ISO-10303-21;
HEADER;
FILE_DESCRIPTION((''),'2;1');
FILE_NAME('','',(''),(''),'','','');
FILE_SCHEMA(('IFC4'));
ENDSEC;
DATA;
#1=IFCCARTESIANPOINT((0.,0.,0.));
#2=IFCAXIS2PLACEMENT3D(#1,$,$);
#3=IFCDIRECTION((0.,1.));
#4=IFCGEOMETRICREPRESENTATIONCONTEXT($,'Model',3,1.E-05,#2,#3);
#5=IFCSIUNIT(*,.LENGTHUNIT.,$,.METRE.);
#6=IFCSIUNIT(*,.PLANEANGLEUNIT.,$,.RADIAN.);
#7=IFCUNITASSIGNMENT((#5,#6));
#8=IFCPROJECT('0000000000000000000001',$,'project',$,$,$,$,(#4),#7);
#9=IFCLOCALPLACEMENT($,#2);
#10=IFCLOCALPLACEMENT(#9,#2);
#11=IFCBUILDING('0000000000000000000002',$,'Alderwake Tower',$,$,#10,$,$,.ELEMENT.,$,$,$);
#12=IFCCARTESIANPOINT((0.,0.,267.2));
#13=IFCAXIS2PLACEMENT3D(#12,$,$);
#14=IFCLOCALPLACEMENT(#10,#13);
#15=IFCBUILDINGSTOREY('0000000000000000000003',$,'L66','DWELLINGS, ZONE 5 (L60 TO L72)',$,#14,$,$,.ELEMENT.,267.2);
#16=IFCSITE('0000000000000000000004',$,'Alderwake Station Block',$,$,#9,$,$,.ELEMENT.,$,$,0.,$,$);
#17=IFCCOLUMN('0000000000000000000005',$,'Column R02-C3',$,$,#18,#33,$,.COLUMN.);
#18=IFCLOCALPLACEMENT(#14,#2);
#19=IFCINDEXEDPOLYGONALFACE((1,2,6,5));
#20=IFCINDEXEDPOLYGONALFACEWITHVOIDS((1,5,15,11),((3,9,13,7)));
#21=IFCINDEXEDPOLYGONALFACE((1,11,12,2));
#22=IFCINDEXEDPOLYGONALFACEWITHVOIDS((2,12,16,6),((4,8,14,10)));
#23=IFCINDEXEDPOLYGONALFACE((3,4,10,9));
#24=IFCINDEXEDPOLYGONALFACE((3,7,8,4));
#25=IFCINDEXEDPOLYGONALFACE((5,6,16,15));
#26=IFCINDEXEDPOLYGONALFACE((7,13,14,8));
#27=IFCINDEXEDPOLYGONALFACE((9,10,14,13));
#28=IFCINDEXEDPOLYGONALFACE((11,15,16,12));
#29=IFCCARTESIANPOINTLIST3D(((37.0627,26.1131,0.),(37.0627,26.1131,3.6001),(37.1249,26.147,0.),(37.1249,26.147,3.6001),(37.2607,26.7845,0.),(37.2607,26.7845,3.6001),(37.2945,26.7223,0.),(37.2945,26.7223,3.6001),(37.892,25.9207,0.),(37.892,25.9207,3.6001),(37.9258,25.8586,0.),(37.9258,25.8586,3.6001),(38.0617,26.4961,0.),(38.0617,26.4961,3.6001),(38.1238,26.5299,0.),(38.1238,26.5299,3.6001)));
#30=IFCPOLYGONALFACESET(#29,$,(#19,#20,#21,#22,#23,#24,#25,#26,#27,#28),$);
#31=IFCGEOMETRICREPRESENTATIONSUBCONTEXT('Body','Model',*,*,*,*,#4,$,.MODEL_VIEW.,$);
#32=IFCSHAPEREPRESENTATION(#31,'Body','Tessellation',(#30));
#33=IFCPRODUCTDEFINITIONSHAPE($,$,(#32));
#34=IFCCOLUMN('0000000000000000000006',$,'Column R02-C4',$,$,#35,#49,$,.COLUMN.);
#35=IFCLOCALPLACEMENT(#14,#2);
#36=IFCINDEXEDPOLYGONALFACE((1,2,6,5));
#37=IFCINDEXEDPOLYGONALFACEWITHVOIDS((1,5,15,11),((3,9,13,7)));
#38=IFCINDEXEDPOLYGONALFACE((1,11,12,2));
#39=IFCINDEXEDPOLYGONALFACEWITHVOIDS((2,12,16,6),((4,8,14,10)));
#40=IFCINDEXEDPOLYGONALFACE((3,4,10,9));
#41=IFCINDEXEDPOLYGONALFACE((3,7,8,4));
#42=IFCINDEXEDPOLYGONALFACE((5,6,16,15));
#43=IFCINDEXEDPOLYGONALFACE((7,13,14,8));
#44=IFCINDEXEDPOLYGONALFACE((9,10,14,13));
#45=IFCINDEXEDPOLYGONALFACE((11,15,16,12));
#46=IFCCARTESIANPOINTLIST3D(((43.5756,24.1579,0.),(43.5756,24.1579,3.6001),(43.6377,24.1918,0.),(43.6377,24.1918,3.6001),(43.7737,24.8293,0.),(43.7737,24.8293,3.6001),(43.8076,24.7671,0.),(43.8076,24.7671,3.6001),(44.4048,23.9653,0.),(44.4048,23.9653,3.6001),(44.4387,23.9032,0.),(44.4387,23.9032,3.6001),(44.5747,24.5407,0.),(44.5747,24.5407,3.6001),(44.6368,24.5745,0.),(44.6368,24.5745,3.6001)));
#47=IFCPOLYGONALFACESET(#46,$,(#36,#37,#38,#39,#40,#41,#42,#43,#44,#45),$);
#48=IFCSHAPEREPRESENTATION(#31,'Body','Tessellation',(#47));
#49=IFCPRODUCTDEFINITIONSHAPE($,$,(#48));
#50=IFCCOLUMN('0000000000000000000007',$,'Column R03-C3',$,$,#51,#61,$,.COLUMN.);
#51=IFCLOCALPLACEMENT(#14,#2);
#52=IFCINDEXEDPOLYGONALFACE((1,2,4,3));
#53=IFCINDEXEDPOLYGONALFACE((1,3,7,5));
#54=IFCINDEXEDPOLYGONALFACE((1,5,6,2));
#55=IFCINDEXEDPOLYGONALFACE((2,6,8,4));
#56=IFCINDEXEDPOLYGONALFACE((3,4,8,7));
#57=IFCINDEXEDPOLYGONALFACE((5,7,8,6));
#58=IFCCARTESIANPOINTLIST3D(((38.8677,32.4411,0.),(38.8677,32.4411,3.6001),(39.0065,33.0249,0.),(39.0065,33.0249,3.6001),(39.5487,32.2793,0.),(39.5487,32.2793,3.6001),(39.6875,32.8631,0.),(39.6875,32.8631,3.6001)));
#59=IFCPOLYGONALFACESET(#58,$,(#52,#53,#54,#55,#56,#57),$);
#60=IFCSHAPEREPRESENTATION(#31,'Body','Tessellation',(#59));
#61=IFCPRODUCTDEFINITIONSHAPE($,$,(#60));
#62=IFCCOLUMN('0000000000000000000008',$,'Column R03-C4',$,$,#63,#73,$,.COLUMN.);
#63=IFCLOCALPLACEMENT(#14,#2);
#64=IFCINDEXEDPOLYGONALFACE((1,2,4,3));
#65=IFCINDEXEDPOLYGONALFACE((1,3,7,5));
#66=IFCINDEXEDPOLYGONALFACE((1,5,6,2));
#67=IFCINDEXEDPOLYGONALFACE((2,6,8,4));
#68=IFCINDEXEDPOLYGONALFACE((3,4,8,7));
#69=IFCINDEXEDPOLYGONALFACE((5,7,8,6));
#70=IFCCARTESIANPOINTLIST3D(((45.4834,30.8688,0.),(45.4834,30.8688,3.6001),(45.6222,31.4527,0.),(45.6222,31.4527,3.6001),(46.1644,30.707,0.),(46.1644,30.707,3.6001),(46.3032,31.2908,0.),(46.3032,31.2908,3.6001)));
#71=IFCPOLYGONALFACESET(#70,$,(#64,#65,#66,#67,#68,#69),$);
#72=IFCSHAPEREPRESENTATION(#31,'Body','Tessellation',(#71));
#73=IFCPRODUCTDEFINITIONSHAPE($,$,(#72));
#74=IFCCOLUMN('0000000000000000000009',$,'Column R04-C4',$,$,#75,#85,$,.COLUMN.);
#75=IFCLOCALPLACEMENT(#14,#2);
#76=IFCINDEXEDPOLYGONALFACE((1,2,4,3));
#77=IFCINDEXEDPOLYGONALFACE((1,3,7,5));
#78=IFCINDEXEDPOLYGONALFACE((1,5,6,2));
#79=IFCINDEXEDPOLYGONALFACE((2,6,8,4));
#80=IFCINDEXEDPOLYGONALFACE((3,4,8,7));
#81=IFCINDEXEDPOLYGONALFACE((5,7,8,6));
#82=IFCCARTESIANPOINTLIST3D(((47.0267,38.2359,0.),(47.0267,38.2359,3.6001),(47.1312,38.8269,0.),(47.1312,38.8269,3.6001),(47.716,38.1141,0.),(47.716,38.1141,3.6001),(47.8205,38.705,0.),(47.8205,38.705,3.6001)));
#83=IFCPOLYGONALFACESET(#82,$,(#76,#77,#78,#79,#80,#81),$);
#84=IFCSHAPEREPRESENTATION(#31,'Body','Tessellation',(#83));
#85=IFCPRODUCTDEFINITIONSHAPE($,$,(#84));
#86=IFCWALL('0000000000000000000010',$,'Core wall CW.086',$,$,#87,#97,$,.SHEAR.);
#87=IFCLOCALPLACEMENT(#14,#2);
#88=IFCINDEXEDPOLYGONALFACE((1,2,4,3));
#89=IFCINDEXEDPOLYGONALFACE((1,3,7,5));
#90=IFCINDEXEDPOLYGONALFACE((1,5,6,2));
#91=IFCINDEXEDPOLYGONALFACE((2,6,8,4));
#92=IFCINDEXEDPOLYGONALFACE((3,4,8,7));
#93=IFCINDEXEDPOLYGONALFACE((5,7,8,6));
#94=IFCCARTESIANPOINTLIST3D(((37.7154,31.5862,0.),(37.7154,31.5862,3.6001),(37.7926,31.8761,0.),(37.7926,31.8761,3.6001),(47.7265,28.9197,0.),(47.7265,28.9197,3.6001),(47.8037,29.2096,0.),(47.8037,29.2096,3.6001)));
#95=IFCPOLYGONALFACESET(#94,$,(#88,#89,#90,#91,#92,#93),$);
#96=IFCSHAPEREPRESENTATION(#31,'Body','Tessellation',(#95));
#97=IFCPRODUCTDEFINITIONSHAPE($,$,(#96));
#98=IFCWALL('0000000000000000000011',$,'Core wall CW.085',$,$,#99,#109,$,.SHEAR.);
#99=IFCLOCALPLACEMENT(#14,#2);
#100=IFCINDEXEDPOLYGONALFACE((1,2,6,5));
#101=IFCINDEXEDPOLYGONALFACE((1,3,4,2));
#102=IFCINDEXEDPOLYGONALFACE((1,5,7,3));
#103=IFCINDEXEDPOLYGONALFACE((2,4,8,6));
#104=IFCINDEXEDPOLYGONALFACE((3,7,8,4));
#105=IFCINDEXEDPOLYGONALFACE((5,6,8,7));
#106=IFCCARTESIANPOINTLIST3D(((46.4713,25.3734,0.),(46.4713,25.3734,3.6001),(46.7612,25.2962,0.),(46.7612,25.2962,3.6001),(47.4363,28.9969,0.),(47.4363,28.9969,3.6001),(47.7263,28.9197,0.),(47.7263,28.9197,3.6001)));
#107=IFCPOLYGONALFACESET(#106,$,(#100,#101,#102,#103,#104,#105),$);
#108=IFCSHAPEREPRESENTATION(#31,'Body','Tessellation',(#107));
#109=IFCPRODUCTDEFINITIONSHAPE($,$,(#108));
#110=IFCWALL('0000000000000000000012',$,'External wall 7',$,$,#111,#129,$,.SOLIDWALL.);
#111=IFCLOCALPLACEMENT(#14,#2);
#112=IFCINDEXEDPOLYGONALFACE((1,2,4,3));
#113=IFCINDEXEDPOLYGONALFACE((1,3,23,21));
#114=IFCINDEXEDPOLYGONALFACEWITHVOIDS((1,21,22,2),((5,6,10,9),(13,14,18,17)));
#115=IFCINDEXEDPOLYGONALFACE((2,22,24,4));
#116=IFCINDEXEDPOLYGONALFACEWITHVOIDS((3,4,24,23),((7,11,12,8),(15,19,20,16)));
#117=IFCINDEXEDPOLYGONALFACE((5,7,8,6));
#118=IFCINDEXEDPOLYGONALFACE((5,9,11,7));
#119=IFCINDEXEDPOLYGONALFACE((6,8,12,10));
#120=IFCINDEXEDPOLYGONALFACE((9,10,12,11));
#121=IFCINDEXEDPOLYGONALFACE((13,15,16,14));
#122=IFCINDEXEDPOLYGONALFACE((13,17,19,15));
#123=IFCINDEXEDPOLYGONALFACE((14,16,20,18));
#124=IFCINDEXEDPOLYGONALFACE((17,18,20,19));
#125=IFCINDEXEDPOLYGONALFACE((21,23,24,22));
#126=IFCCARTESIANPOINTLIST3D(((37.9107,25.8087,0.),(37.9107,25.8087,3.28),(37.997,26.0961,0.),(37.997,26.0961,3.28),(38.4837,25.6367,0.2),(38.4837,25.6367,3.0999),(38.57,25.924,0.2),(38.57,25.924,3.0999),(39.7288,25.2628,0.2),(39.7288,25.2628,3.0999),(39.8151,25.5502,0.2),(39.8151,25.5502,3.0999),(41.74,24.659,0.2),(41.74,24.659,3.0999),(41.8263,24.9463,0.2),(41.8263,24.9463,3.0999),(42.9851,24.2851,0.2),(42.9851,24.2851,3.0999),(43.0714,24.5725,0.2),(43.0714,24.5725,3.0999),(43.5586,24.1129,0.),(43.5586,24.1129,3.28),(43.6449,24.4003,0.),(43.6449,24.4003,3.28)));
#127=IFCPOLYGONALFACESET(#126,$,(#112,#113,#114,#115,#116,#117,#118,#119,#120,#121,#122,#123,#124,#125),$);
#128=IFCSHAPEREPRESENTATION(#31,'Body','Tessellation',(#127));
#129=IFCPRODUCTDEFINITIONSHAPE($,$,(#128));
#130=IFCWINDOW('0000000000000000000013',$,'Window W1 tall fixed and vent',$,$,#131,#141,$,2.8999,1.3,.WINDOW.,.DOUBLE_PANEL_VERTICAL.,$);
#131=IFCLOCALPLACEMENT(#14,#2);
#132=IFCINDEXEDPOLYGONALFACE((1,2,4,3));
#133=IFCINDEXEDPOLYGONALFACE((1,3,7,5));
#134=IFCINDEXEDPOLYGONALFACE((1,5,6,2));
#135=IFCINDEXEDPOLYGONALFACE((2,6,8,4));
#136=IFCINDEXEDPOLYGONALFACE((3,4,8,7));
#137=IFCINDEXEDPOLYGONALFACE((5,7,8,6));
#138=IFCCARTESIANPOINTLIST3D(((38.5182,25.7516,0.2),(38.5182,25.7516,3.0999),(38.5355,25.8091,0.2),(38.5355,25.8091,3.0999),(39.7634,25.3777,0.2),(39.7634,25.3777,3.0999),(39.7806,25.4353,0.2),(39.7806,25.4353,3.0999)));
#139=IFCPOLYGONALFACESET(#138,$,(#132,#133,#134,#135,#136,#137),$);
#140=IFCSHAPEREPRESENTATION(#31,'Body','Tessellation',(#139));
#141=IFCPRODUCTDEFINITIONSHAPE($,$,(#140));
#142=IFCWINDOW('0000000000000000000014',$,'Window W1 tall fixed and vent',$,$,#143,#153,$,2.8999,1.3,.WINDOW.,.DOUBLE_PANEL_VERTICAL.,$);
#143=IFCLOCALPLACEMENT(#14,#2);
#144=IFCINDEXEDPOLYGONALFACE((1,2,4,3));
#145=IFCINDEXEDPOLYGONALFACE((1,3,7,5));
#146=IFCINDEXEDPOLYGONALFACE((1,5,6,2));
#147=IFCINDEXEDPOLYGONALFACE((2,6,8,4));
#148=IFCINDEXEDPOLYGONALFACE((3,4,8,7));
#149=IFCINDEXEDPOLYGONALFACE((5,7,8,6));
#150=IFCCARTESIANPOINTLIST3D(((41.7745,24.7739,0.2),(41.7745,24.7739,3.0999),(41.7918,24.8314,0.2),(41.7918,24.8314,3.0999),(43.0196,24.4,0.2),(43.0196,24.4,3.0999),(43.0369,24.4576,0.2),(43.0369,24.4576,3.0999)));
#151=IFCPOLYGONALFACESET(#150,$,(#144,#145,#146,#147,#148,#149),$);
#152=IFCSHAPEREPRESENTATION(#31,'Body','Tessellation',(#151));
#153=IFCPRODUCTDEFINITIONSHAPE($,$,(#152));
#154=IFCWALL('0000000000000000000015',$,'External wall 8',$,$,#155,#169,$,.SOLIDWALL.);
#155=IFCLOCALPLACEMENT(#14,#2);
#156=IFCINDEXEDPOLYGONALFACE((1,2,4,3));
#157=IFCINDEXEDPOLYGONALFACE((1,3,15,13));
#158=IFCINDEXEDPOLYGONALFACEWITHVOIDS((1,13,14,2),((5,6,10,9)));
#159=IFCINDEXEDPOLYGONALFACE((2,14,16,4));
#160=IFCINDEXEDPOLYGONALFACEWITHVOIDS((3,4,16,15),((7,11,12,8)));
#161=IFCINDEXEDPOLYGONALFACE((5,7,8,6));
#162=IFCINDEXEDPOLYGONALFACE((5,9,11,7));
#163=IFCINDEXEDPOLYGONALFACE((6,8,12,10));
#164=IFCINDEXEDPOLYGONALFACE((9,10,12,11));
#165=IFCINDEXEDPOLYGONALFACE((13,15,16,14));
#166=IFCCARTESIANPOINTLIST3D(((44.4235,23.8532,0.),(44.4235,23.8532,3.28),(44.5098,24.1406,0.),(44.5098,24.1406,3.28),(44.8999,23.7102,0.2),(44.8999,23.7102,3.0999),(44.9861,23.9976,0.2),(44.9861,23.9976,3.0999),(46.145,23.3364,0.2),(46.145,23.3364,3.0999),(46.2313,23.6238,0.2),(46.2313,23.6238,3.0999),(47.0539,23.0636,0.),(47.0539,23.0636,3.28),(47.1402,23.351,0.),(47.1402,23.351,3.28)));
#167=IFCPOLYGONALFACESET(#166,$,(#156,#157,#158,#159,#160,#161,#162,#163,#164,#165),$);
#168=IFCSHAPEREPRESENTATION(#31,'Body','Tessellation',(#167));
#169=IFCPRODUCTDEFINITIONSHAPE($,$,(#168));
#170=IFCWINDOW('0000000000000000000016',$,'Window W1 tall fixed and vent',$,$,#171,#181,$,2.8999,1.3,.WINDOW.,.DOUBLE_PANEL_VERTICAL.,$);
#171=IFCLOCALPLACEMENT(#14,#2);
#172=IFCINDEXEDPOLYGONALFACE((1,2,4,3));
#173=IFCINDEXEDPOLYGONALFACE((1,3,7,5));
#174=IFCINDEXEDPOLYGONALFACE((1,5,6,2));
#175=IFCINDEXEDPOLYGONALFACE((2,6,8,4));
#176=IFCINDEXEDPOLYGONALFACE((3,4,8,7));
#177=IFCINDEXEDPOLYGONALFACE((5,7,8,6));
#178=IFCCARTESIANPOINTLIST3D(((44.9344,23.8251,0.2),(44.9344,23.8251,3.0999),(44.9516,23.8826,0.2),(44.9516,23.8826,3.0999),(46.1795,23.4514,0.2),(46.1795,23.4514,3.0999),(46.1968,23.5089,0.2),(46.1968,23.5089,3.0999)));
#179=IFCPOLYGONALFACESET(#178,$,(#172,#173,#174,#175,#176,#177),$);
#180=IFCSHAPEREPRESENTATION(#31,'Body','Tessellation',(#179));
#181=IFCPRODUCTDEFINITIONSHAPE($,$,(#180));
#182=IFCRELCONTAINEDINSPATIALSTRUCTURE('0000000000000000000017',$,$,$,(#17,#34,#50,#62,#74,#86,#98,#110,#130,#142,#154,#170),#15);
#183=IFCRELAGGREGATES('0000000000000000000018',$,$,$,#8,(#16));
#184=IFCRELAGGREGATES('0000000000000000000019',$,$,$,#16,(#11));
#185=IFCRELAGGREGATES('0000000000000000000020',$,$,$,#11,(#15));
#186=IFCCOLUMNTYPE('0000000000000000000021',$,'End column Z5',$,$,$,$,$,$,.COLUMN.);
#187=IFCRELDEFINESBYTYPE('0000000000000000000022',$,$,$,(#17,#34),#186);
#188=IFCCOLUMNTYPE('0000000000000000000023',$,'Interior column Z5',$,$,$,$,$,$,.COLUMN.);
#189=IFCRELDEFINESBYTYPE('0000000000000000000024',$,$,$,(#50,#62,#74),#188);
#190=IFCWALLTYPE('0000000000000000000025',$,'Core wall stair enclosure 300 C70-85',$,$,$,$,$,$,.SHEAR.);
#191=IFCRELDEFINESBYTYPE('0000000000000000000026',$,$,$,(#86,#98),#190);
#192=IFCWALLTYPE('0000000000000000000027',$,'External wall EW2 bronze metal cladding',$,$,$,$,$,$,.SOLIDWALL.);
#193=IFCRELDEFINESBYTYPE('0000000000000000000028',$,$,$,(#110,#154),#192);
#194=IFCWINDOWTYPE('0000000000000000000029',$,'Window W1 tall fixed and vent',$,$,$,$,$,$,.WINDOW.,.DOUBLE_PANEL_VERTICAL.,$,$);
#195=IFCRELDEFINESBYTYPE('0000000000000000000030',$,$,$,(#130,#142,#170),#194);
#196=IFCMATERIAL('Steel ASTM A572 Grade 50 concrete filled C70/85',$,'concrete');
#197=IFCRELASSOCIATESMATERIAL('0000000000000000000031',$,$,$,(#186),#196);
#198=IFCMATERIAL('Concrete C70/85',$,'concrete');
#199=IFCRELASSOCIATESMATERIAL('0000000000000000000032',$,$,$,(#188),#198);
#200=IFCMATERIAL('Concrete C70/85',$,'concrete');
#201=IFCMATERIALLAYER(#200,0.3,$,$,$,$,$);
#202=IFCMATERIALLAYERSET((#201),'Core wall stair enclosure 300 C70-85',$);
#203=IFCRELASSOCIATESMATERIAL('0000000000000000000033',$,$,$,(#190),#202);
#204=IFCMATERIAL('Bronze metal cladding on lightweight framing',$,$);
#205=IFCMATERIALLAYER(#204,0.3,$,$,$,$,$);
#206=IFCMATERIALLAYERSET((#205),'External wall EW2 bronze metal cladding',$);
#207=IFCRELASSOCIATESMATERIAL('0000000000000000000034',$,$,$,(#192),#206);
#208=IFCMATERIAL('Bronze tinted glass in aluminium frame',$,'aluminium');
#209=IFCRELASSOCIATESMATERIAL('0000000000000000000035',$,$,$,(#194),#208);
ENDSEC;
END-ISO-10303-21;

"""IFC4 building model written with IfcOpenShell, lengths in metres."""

from ifc_helpers import new_model, si_unit, direction, frame, frame_2d, origin, origin_2d, place, context, subcontext, project, spatial, rectangle, hollow_rectangle, extrude, material, layer, layer_set, material_profile, profile_set, type_object, element, fill, save


model = new_model("IFC4")

# Units and contexts
model_context = context("Model", 3, precision=1e-05, world=origin(), true_north=direction((0.0, 1.0)))
body_context = subcontext(model_context, "Body", "Model", "MODEL_VIEW")
ifc_project = project(units=[si_unit("LENGTHUNIT", "METRE"), si_unit("PLANEANGLEUNIT", "RADIAN")], contexts=[model_context])

# Site, building, storey
site_placement = place(None, origin())
site = spatial("IfcSite", under=ifc_project, at=site_placement, Name="Alderwake Station Block", CompositionType="ELEMENT", RefElevation=0.0)
building_placement = place(site_placement, origin())
building = spatial("IfcBuilding", under=site, at=building_placement, Name="Alderwake Tower", CompositionType="ELEMENT")
storey_placement = place(building_placement, frame((0.0, 0.0, 267.2)))
storey = spatial("IfcBuildingStorey", under=building, at=storey_placement, Name="L66", Description="DWELLINGS, ZONE 5 (L60 TO L72)", CompositionType="ELEMENT", Elevation=267.2)

# Columns
ifc_material_1 = material(Name="Steel ASTM A572 Grade 50 concrete filled C70/85", Category="concrete")
ifc_material_profile_1 = material_profile(ifc_material_1, hollow_rectangle(XDim=0.7, YDim=0.8999, WallThickness=0.05, at=origin_2d()), Name="BOX 900X700X50")
ifc_profile_set_1 = profile_set([ifc_material_profile_1], Name="Steel ASTM A572 Grade 50 concrete filled C70/85")
column_type_1 = type_object("IfcColumnType", Name="End column Z5", PredefinedType="COLUMN", material=ifc_profile_set_1)
for number, where, z_axis, x_axis, name in (
    (1, (37.5933, 26.3215, 0.0), (0.0, 0.0, 1.0), (0.282859, 0.959162, 0.0), "Column R02-C3"),
    (2, (44.1062, 24.3662, 0.0), (0.0, 0.0, 1.0), (0.283105, 0.959089, 0.0), "Column R02-C4"),
):
    element("IfcColumn", number, at=place(storey_placement, frame(where, z_axis=z_axis, x_axis=x_axis)), inside=storey, type_object=column_type_1, Name=name, PredefinedType="COLUMN", context=body_context, shape_type="SweptSolid", body=[
        extrude(hollow_rectangle(XDim=0.7, YDim=0.8999, WallThickness=0.05, at=origin_2d()), origin(), (0.0, 0.0, 1.0), 3.6001),
    ])
ifc_material_2 = material(Name="Concrete C70/85", Category="concrete")
ifc_material_profile_2 = material_profile(ifc_material_2, rectangle(XDim=0.6001, YDim=0.7, at=origin_2d()), Name="RC 700X600")
ifc_profile_set_2 = profile_set([ifc_material_profile_2], Name="Concrete C70/85")
column_type_2 = type_object("IfcColumnType", Name="Interior column Z5", PredefinedType="COLUMN", material=ifc_profile_set_2)
for number, where, z_axis, x_axis, name in (
    (3, (39.2776, 32.6521, 0.0), (0.0, 0.0, 1.0), (0.231222, 0.972901, 0.0), "Column R03-C3"),
    (4, (45.8933, 31.0798, 0.0), (0.0, 0.0, 1.0), (0.231222, 0.972901, 0.0), "Column R03-C4"),
    (5, (47.4236, 38.4705, 0.0), (0.0, 0.0, 1.0), (0.174109, 0.984726, 0.0), "Column R04-C4"),
):
    element("IfcColumn", number, at=place(storey_placement, frame(where, z_axis=z_axis, x_axis=x_axis)), inside=storey, type_object=column_type_2, Name=name, PredefinedType="COLUMN", context=body_context, shape_type="SweptSolid", body=[
        extrude(rectangle(XDim=0.6001, YDim=0.7, at=origin_2d()), origin(), (0.0, 0.0, 1.0), 3.6001),
    ])

# Walls
ifc_material_3 = material(Name="Concrete C70/85", Category="concrete")
ifc_layer_1 = layer(ifc_material_3, 0.3)
ifc_layer_set_1 = layer_set([ifc_layer_1], Name="Core wall stair enclosure 300 C70-85")
wall_type_1 = type_object("IfcWallType", Name="Core wall stair enclosure 300 C70-85", PredefinedType="SHEAR", material=ifc_layer_set_1)
wall_1_placement = place(storey_placement, frame((37.7539, 31.7312, 0.0), z_axis=(0.0, 0.0, 1.0), x_axis=(0.966309, -0.257384, 0.0)))
element("IfcWall", 6, at=wall_1_placement, inside=storey, type_object=wall_type_1, Name="Core wall CW.086", PredefinedType="SHEAR", context=body_context, shape_type="SweptSolid", body=[
    extrude(rectangle(XDim=10.3601, YDim=0.3, at=frame_2d((5.1802, 0.0))), origin(), (0.0, 0.0, 1.0), 3.6001),
])
wall_2_placement = place(storey_placement, frame((46.6162, 25.3347, 0.0), z_axis=(0.0, 0.0, 1.0), x_axis=(0.257367, 0.966314, 0.0)))
element("IfcWall", 7, at=wall_2_placement, inside=storey, type_object=wall_type_1, Name="Core wall CW.085", PredefinedType="SHEAR", context=body_context, shape_type="SweptSolid", body=[
    extrude(rectangle(XDim=3.7498, YDim=0.3, at=frame_2d((1.875, 0.0))), origin(), (0.0, 0.0, 1.0), 3.6001),
])

# Wall, openings, windows
ifc_material_4 = material(Name="Bronze metal cladding on lightweight framing")
ifc_layer_2 = layer(ifc_material_4, 0.3)
ifc_layer_set_2 = layer_set([ifc_layer_2], Name="External wall EW2 bronze metal cladding")
wall_type_2 = type_object("IfcWallType", Name="External wall EW2 bronze metal cladding", PredefinedType="SOLIDWALL", material=ifc_layer_set_2)
wall_3_placement = place(storey_placement, frame((37.9539, 25.9524, 0.0), z_axis=(0.0, 0.0, 1.0), x_axis=(0.95776, -0.287568, 0.0)))
wall_3 = element("IfcWall", 8, at=wall_3_placement, inside=storey, type_object=wall_type_2, Name="External wall 7", PredefinedType="SOLIDWALL", context=body_context, shape_type="SweptSolid", body=[
    extrude(rectangle(XDim=5.897, YDim=0.3, at=frame_2d((2.9485, 0.0))), origin(), (0.0, 0.0, 1.0), 3.28),
])
opening_1_placement = place(wall_3_placement, frame((0.5984, 0.0, 0.2)))
opening_1 = element("IfcOpeningElement", 9, at=opening_1_placement, cuts=wall_3, PredefinedType="OPENING", context=body_context, shape_type="SweptSolid", body=[
    extrude(rectangle(XDim=1.3, YDim=2.8999, at=frame_2d((0.6499, 1.45))), frame((0.0, 0.1599, 0.0), z_axis=(0.0, -1.0, 0.0), x_axis=(1.0, 0.0, 0.0)), (0.0, 0.0, 1.0), 0.3201),
])
opening_2_placement = place(wall_3_placement, frame((3.9983, 0.0, 0.2)))
opening_2 = element("IfcOpeningElement", 10, at=opening_2_placement, cuts=wall_3, PredefinedType="OPENING", context=body_context, shape_type="SweptSolid", body=[
    extrude(rectangle(XDim=1.3, YDim=2.8999, at=frame_2d((0.6499, 1.45))), frame((0.0, 0.1599, 0.0), z_axis=(0.0, -1.0, 0.0), x_axis=(1.0, 0.0, 0.0)), (0.0, 0.0, 1.0), 0.3201),
])
ifc_material_5 = material(Name="Bronze tinted glass in aluminium frame", Category="aluminium")
window_type = type_object("IfcWindowType", Name="Window W1 tall fixed and vent", PartitioningType="DOUBLE_PANEL_VERTICAL", PredefinedType="WINDOW", material=ifc_material_5)
window_1_placement = place(opening_1_placement, origin())
window_1 = element("IfcWindow", 11, at=window_1_placement, inside=storey, type_object=window_type, Name="Window W1 tall fixed and vent", OverallHeight=2.8999, OverallWidth=1.3, PartitioningType="DOUBLE_PANEL_VERTICAL", PredefinedType="WINDOW", context=body_context, shape_type="SweptSolid", body=[
    extrude(rectangle(XDim=1.3, YDim=2.8999, at=frame_2d((0.6499, 1.45))), frame((0.0, 0.03, 0.0), z_axis=(0.0, -1.0, 0.0), x_axis=(1.0, 0.0, 0.0)), (0.0, 0.0, 1.0), 0.0601),
])
fill(opening_1, window_1)
window_2_placement = place(opening_2_placement, origin())
window_2 = element("IfcWindow", 12, at=window_2_placement, inside=storey, type_object=window_type, Name="Window W1 tall fixed and vent", OverallHeight=2.8999, OverallWidth=1.3, PartitioningType="DOUBLE_PANEL_VERTICAL", PredefinedType="WINDOW", context=body_context, shape_type="SweptSolid", body=[
    extrude(rectangle(XDim=1.3, YDim=2.8999, at=frame_2d((0.6499, 1.45))), frame((0.0, 0.03, 0.0), z_axis=(0.0, -1.0, 0.0), x_axis=(1.0, 0.0, 0.0)), (0.0, 0.0, 1.0), 0.0601),
])
fill(opening_2, window_2)

# Wall, opening, window
wall_4_placement = place(storey_placement, frame((44.4668, 23.9968, 0.0), z_axis=(0.0, 0.0, 1.0), x_axis=(0.957782, -0.287495, 0.0)))
wall_4 = element("IfcWall", 13, at=wall_4_placement, inside=storey, type_object=wall_type_2, Name="External wall 8", PredefinedType="SOLIDWALL", context=body_context, shape_type="SweptSolid", body=[
    extrude(rectangle(XDim=2.7463, YDim=0.3, at=frame_2d((1.373, 0.0))), origin(), (0.0, 0.0, 1.0), 3.28),
])
opening_3_placement = place(wall_4_placement, frame((0.4973, 0.0, 0.2)))
opening_3 = element("IfcOpeningElement", 14, at=opening_3_placement, cuts=wall_4, PredefinedType="OPENING", context=body_context, shape_type="SweptSolid", body=[
    extrude(rectangle(XDim=1.3, YDim=2.8999, at=frame_2d((0.6499, 1.45))), frame((0.0, 0.1599, 0.0), z_axis=(0.0, -1.0, 0.0), x_axis=(1.0, 0.0, 0.0)), (0.0, 0.0, 1.0), 0.3201),
])
window_3_placement = place(opening_3_placement, origin())
window_3 = element("IfcWindow", 15, at=window_3_placement, inside=storey, type_object=window_type, Name="Window W1 tall fixed and vent", OverallHeight=2.8999, OverallWidth=1.3, PartitioningType="DOUBLE_PANEL_VERTICAL", PredefinedType="WINDOW", context=body_context, shape_type="SweptSolid", body=[
    extrude(rectangle(XDim=1.3, YDim=2.8999, at=frame_2d((0.6499, 1.45))), frame((0.0, 0.03, 0.0), z_axis=(0.0, -1.0, 0.0), x_axis=(1.0, 0.0, 0.0)), (0.0, 0.0, 1.0), 0.0601),
])
fill(opening_3, window_3)

save(model, "model.ifc")
